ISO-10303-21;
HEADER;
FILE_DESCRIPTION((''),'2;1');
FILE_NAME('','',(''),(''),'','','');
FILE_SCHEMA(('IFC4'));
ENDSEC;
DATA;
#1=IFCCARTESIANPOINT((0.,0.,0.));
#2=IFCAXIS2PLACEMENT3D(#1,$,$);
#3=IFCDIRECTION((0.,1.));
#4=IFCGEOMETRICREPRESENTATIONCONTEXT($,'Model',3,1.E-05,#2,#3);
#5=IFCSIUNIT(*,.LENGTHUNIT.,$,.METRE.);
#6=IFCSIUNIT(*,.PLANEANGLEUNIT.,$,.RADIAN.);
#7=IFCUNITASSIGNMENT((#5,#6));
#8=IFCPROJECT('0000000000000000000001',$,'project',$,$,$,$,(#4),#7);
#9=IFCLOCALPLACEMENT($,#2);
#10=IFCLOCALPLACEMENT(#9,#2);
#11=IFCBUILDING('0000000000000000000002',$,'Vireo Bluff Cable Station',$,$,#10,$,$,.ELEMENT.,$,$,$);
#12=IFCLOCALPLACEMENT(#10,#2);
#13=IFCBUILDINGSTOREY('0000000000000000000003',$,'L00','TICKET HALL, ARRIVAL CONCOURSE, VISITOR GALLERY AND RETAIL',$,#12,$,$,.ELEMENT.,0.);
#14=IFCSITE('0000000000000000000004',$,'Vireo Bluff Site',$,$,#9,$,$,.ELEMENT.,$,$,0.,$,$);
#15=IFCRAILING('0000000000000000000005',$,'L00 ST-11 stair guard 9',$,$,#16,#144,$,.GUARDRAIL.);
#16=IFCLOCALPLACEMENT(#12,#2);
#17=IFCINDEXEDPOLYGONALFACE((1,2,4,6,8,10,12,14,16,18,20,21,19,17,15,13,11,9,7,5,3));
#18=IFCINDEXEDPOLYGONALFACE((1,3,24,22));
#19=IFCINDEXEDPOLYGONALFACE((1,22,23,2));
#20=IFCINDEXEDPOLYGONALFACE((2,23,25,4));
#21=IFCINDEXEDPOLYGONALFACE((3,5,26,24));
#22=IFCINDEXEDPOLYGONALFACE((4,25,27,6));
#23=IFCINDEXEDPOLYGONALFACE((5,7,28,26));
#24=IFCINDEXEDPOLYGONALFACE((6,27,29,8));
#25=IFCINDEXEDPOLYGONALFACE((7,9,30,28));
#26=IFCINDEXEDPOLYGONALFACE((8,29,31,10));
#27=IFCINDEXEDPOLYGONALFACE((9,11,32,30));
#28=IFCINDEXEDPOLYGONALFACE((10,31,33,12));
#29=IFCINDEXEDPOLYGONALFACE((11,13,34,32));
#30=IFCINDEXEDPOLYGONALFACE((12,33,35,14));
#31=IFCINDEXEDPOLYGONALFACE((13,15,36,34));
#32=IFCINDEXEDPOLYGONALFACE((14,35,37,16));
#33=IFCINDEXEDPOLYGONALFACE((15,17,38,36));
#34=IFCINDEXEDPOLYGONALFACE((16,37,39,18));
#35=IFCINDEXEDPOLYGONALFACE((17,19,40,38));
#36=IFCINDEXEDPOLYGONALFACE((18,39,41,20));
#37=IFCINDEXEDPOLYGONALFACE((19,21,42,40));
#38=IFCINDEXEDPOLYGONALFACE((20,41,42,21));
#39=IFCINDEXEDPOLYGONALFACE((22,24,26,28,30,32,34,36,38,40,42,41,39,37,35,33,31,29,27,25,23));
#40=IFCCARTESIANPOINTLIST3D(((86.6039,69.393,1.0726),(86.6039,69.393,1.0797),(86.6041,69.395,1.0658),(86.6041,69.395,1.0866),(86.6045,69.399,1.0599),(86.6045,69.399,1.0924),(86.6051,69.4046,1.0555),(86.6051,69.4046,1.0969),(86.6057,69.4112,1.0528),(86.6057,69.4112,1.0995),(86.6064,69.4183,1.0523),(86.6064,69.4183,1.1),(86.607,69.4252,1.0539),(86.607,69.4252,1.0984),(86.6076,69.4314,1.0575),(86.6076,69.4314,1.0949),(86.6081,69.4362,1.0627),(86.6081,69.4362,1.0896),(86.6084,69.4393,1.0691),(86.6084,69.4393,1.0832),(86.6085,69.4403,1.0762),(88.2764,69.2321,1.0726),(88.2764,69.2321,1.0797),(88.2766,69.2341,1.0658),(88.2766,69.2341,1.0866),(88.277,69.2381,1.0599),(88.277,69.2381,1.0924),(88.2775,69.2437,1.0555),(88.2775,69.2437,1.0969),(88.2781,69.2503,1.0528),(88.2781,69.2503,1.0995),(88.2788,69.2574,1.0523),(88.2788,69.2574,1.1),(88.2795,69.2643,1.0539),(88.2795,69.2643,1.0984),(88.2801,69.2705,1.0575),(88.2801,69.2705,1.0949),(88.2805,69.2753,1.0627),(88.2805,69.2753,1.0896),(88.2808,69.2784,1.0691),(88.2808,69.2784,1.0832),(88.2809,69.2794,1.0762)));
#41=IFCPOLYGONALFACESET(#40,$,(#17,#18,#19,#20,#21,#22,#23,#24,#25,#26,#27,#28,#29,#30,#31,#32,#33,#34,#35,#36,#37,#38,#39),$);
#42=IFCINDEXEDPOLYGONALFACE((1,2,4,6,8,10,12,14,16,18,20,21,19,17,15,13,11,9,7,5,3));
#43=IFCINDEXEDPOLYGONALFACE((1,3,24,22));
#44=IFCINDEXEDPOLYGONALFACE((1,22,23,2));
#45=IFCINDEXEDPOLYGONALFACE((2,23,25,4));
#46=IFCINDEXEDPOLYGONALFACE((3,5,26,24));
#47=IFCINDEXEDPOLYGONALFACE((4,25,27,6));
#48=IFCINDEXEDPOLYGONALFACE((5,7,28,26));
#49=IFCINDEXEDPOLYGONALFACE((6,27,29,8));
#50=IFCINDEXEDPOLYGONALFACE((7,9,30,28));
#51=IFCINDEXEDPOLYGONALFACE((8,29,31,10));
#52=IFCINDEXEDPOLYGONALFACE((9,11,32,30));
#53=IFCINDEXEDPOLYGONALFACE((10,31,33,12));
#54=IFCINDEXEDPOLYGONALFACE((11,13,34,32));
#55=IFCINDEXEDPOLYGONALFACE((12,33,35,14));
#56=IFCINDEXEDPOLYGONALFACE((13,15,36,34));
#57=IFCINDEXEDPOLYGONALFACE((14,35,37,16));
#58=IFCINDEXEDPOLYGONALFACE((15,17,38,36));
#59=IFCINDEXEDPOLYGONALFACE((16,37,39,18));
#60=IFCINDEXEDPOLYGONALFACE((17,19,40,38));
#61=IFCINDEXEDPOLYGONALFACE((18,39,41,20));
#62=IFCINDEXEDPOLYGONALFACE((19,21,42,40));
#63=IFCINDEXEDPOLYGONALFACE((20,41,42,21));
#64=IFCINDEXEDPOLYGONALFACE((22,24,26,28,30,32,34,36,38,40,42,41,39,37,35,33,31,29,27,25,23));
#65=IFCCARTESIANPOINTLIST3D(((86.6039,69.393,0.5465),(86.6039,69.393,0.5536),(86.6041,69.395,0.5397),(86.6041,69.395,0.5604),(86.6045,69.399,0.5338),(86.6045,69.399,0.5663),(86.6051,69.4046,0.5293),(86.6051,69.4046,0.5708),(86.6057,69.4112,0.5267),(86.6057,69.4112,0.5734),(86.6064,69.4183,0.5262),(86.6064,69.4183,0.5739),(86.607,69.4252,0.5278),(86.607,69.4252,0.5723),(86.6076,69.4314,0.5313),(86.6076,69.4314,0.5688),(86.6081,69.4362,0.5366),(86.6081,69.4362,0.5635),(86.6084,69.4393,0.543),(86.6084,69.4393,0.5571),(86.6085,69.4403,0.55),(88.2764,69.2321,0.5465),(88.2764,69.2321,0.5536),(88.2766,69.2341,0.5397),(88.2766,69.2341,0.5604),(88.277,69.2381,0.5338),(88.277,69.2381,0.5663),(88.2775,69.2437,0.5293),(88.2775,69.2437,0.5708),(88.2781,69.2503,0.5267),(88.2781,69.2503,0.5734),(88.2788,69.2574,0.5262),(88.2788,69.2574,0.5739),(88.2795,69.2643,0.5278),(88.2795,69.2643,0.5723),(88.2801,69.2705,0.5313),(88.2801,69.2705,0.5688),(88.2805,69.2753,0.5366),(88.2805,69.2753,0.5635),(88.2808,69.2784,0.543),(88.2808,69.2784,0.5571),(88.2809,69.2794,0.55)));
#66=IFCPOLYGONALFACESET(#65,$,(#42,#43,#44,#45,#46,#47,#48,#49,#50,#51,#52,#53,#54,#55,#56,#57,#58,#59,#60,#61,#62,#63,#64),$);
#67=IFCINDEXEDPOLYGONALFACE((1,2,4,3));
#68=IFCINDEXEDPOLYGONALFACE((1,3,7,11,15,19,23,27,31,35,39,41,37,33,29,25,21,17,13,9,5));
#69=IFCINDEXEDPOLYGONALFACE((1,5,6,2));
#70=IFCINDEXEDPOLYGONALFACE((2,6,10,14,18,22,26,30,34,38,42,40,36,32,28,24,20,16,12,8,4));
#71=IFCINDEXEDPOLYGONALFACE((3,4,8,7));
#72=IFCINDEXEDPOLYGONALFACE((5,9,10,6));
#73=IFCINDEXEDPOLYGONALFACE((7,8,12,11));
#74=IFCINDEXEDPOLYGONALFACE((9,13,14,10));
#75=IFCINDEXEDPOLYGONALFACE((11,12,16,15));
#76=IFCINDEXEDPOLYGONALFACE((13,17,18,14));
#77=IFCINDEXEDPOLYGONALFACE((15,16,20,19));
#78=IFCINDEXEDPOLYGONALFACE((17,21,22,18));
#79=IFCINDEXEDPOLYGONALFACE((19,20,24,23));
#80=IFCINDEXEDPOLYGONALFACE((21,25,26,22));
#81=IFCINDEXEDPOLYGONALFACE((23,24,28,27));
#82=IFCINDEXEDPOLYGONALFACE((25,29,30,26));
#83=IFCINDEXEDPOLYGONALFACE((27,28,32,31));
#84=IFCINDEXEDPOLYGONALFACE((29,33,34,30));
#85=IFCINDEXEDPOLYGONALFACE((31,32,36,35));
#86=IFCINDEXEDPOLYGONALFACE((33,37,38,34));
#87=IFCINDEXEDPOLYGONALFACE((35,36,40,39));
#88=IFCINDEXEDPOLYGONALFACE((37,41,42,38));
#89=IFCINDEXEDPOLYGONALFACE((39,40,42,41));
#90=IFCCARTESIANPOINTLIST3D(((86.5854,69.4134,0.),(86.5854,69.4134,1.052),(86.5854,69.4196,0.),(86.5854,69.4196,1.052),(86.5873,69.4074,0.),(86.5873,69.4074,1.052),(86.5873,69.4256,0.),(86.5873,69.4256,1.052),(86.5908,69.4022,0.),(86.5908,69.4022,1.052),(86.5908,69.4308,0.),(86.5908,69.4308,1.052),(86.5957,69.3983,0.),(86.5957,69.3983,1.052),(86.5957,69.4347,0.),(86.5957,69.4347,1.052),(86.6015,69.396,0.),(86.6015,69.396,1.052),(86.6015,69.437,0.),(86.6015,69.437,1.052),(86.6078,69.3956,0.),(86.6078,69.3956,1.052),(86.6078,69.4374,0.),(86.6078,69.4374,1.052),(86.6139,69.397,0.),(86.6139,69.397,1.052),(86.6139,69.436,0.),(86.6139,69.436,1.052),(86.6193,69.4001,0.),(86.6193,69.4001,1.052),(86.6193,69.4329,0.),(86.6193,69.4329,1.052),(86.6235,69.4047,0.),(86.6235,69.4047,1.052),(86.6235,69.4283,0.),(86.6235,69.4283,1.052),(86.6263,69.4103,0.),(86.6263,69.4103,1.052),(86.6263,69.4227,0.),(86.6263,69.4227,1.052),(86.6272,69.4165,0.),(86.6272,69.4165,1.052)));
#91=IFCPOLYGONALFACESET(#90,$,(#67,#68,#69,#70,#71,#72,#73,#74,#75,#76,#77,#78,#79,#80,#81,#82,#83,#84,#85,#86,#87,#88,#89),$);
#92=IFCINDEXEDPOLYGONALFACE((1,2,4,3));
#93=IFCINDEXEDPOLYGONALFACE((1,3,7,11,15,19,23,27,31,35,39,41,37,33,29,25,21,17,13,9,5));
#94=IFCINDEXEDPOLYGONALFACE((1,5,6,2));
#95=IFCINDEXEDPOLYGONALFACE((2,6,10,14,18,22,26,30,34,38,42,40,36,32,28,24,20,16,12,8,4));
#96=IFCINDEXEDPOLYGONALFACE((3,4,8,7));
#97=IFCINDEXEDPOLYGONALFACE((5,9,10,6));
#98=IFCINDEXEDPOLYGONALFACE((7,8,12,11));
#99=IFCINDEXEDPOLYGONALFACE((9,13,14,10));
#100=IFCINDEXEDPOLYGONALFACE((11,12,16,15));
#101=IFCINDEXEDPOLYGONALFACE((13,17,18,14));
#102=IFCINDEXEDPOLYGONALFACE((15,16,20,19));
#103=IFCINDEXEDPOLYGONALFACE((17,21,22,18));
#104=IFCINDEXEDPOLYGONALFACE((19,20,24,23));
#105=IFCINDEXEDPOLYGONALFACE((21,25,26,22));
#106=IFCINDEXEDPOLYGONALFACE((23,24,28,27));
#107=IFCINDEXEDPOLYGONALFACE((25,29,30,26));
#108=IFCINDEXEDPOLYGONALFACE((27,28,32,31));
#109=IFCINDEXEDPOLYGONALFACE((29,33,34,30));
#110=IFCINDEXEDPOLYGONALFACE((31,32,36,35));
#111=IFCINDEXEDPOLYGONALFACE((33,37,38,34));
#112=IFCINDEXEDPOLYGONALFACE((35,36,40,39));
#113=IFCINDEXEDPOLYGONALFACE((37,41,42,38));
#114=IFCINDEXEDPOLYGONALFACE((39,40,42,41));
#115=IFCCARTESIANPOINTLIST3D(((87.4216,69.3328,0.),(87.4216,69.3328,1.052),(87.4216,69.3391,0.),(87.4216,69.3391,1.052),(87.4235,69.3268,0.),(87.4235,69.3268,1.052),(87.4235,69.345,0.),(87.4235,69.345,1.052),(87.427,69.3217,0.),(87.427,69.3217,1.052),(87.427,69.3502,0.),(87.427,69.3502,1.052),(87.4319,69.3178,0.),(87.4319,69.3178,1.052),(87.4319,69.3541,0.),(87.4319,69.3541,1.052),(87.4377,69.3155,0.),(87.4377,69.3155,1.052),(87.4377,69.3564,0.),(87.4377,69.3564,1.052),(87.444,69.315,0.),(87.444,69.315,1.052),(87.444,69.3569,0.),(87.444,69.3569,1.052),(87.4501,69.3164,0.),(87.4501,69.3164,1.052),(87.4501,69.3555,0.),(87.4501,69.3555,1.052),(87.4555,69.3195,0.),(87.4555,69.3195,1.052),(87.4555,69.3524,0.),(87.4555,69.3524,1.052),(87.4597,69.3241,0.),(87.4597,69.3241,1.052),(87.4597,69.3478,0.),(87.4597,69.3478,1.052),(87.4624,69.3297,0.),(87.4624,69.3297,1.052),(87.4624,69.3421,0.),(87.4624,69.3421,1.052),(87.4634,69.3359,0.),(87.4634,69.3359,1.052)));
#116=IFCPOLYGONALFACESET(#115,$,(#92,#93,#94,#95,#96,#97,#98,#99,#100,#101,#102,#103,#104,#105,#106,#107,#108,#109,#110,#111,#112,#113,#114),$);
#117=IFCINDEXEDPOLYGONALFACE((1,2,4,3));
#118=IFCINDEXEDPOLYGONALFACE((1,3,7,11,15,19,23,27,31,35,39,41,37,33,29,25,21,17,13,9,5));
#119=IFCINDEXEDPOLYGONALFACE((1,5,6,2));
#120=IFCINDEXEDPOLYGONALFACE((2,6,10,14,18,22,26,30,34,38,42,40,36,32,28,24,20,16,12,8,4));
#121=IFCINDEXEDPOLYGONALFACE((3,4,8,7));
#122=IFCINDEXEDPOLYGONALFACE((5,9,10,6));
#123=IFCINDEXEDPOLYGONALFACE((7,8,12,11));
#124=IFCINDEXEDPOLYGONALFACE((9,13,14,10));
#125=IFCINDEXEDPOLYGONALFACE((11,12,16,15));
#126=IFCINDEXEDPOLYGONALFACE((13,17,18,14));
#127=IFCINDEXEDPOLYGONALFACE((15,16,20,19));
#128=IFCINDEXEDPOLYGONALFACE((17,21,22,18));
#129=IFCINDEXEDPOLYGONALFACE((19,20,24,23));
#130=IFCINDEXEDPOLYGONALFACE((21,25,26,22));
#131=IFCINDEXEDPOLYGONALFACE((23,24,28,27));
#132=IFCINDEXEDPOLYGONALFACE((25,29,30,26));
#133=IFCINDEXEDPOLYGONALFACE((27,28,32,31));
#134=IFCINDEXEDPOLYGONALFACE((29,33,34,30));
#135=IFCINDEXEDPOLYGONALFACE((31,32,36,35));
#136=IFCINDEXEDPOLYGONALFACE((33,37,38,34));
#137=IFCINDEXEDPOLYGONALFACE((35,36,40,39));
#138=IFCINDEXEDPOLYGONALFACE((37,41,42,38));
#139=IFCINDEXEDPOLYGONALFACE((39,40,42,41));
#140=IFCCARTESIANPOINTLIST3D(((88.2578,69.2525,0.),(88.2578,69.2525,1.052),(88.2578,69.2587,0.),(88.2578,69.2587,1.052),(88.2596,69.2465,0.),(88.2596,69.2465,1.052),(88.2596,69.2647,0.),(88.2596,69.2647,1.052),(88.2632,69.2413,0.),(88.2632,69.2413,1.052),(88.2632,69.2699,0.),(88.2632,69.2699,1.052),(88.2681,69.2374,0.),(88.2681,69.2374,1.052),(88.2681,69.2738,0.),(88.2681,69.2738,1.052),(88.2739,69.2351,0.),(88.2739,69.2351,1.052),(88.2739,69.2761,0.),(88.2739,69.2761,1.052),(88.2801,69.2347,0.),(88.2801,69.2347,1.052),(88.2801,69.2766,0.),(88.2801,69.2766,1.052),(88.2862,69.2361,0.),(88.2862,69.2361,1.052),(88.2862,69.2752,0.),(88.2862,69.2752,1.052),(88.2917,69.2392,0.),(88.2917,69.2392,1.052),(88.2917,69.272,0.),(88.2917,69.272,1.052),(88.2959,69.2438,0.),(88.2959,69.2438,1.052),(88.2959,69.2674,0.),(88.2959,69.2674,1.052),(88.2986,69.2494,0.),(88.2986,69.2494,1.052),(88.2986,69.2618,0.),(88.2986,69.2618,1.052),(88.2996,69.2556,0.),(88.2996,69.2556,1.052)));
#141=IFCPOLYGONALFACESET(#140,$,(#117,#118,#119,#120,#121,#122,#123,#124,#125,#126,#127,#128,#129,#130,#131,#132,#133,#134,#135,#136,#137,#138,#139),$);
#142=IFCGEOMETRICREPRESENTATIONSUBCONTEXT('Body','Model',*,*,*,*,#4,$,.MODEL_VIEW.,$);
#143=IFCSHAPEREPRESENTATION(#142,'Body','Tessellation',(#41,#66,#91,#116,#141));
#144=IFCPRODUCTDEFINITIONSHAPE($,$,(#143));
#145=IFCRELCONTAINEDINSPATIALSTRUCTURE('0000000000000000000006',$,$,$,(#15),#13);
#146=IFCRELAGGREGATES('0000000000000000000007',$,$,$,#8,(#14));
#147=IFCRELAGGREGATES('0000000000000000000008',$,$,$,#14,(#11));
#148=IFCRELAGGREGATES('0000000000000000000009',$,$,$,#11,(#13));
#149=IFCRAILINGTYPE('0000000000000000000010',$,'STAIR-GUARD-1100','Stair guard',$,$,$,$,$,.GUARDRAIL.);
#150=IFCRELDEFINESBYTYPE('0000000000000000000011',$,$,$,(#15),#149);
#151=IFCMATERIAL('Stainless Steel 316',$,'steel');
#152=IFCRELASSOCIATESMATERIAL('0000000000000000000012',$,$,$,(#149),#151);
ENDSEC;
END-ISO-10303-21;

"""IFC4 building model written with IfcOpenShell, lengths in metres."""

from ifc_helpers import new_model, si_unit, direction, frame, origin, origin_2d, place, context, subcontext, project, spatial, circle, extrude, material, type_object, element, save


model = new_model("IFC4")

# Units and contexts
model_context = context("Model", 3, precision=1e-05, world=origin(), true_north=direction((0.0, 1.0)))
body_context = subcontext(model_context, "Body", "Model", "MODEL_VIEW")
ifc_project = project(units=[si_unit("LENGTHUNIT", "METRE"), si_unit("PLANEANGLEUNIT", "RADIAN")], contexts=[model_context])

# Site, building, storey
site_placement = place(None, origin())
site = spatial("IfcSite", under=ifc_project, at=site_placement, Name="Vireo Bluff Site", CompositionType="ELEMENT", RefElevation=0.0)
building_placement = place(site_placement, origin())
building = spatial("IfcBuilding", under=site, at=building_placement, Name="Vireo Bluff Cable Station", CompositionType="ELEMENT")
storey_placement = place(building_placement, origin())
storey = spatial("IfcBuildingStorey", under=building, at=storey_placement, Name="L00", Description="TICKET HALL, ARRIVAL CONCOURSE, VISITOR GALLERY AND RETAIL", CompositionType="ELEMENT", Elevation=0.0)

# Railing
ifc_material_1 = material(Name="Stainless Steel 316", Category="steel")
railing_type = type_object("IfcRailingType", Name="STAIR-GUARD-1100", Description="Stair guard", PredefinedType="GUARDRAIL", material=ifc_material_1)
railing_1_placement = place(storey_placement, frame((86.6062, 69.4165, 0.0)))
element("IfcRailing", 1, at=railing_1_placement, inside=storey, type_object=railing_type, Name="L00 ST-11 stair guard 9", PredefinedType="GUARDRAIL", context=body_context, shape_type="SweptSolid", body=[
    extrude(circle(Radius=0.0239, at=origin_2d()), frame((0.0, 0.0, 1.0762), z_axis=(0.995404, -0.095762, 0.0), x_axis=(0.095762, 0.995404, 0.0)), (0.0, 0.0, 1.0), 1.6802),
    extrude(circle(Radius=0.0239, at=origin_2d()), frame((0.0, 0.0, 0.55), z_axis=(0.995404, -0.095762, 0.0), x_axis=(0.095762, 0.995404, 0.0)), (0.0, 0.0, 1.0), 1.6802),
    extrude(circle(Radius=0.021, at=origin_2d()), origin(), (0.0, 0.0, 1.0), 1.052),
    extrude(circle(Radius=0.021, at=origin_2d()), frame((0.8362, -0.0806, 0.0)), (0.0, 0.0, 1.0), 1.052),
    extrude(circle(Radius=0.021, at=origin_2d()), frame((1.6724, -0.1609, 0.0)), (0.0, 0.0, 1.0), 1.052),
])

save(model, "model.ifc")
